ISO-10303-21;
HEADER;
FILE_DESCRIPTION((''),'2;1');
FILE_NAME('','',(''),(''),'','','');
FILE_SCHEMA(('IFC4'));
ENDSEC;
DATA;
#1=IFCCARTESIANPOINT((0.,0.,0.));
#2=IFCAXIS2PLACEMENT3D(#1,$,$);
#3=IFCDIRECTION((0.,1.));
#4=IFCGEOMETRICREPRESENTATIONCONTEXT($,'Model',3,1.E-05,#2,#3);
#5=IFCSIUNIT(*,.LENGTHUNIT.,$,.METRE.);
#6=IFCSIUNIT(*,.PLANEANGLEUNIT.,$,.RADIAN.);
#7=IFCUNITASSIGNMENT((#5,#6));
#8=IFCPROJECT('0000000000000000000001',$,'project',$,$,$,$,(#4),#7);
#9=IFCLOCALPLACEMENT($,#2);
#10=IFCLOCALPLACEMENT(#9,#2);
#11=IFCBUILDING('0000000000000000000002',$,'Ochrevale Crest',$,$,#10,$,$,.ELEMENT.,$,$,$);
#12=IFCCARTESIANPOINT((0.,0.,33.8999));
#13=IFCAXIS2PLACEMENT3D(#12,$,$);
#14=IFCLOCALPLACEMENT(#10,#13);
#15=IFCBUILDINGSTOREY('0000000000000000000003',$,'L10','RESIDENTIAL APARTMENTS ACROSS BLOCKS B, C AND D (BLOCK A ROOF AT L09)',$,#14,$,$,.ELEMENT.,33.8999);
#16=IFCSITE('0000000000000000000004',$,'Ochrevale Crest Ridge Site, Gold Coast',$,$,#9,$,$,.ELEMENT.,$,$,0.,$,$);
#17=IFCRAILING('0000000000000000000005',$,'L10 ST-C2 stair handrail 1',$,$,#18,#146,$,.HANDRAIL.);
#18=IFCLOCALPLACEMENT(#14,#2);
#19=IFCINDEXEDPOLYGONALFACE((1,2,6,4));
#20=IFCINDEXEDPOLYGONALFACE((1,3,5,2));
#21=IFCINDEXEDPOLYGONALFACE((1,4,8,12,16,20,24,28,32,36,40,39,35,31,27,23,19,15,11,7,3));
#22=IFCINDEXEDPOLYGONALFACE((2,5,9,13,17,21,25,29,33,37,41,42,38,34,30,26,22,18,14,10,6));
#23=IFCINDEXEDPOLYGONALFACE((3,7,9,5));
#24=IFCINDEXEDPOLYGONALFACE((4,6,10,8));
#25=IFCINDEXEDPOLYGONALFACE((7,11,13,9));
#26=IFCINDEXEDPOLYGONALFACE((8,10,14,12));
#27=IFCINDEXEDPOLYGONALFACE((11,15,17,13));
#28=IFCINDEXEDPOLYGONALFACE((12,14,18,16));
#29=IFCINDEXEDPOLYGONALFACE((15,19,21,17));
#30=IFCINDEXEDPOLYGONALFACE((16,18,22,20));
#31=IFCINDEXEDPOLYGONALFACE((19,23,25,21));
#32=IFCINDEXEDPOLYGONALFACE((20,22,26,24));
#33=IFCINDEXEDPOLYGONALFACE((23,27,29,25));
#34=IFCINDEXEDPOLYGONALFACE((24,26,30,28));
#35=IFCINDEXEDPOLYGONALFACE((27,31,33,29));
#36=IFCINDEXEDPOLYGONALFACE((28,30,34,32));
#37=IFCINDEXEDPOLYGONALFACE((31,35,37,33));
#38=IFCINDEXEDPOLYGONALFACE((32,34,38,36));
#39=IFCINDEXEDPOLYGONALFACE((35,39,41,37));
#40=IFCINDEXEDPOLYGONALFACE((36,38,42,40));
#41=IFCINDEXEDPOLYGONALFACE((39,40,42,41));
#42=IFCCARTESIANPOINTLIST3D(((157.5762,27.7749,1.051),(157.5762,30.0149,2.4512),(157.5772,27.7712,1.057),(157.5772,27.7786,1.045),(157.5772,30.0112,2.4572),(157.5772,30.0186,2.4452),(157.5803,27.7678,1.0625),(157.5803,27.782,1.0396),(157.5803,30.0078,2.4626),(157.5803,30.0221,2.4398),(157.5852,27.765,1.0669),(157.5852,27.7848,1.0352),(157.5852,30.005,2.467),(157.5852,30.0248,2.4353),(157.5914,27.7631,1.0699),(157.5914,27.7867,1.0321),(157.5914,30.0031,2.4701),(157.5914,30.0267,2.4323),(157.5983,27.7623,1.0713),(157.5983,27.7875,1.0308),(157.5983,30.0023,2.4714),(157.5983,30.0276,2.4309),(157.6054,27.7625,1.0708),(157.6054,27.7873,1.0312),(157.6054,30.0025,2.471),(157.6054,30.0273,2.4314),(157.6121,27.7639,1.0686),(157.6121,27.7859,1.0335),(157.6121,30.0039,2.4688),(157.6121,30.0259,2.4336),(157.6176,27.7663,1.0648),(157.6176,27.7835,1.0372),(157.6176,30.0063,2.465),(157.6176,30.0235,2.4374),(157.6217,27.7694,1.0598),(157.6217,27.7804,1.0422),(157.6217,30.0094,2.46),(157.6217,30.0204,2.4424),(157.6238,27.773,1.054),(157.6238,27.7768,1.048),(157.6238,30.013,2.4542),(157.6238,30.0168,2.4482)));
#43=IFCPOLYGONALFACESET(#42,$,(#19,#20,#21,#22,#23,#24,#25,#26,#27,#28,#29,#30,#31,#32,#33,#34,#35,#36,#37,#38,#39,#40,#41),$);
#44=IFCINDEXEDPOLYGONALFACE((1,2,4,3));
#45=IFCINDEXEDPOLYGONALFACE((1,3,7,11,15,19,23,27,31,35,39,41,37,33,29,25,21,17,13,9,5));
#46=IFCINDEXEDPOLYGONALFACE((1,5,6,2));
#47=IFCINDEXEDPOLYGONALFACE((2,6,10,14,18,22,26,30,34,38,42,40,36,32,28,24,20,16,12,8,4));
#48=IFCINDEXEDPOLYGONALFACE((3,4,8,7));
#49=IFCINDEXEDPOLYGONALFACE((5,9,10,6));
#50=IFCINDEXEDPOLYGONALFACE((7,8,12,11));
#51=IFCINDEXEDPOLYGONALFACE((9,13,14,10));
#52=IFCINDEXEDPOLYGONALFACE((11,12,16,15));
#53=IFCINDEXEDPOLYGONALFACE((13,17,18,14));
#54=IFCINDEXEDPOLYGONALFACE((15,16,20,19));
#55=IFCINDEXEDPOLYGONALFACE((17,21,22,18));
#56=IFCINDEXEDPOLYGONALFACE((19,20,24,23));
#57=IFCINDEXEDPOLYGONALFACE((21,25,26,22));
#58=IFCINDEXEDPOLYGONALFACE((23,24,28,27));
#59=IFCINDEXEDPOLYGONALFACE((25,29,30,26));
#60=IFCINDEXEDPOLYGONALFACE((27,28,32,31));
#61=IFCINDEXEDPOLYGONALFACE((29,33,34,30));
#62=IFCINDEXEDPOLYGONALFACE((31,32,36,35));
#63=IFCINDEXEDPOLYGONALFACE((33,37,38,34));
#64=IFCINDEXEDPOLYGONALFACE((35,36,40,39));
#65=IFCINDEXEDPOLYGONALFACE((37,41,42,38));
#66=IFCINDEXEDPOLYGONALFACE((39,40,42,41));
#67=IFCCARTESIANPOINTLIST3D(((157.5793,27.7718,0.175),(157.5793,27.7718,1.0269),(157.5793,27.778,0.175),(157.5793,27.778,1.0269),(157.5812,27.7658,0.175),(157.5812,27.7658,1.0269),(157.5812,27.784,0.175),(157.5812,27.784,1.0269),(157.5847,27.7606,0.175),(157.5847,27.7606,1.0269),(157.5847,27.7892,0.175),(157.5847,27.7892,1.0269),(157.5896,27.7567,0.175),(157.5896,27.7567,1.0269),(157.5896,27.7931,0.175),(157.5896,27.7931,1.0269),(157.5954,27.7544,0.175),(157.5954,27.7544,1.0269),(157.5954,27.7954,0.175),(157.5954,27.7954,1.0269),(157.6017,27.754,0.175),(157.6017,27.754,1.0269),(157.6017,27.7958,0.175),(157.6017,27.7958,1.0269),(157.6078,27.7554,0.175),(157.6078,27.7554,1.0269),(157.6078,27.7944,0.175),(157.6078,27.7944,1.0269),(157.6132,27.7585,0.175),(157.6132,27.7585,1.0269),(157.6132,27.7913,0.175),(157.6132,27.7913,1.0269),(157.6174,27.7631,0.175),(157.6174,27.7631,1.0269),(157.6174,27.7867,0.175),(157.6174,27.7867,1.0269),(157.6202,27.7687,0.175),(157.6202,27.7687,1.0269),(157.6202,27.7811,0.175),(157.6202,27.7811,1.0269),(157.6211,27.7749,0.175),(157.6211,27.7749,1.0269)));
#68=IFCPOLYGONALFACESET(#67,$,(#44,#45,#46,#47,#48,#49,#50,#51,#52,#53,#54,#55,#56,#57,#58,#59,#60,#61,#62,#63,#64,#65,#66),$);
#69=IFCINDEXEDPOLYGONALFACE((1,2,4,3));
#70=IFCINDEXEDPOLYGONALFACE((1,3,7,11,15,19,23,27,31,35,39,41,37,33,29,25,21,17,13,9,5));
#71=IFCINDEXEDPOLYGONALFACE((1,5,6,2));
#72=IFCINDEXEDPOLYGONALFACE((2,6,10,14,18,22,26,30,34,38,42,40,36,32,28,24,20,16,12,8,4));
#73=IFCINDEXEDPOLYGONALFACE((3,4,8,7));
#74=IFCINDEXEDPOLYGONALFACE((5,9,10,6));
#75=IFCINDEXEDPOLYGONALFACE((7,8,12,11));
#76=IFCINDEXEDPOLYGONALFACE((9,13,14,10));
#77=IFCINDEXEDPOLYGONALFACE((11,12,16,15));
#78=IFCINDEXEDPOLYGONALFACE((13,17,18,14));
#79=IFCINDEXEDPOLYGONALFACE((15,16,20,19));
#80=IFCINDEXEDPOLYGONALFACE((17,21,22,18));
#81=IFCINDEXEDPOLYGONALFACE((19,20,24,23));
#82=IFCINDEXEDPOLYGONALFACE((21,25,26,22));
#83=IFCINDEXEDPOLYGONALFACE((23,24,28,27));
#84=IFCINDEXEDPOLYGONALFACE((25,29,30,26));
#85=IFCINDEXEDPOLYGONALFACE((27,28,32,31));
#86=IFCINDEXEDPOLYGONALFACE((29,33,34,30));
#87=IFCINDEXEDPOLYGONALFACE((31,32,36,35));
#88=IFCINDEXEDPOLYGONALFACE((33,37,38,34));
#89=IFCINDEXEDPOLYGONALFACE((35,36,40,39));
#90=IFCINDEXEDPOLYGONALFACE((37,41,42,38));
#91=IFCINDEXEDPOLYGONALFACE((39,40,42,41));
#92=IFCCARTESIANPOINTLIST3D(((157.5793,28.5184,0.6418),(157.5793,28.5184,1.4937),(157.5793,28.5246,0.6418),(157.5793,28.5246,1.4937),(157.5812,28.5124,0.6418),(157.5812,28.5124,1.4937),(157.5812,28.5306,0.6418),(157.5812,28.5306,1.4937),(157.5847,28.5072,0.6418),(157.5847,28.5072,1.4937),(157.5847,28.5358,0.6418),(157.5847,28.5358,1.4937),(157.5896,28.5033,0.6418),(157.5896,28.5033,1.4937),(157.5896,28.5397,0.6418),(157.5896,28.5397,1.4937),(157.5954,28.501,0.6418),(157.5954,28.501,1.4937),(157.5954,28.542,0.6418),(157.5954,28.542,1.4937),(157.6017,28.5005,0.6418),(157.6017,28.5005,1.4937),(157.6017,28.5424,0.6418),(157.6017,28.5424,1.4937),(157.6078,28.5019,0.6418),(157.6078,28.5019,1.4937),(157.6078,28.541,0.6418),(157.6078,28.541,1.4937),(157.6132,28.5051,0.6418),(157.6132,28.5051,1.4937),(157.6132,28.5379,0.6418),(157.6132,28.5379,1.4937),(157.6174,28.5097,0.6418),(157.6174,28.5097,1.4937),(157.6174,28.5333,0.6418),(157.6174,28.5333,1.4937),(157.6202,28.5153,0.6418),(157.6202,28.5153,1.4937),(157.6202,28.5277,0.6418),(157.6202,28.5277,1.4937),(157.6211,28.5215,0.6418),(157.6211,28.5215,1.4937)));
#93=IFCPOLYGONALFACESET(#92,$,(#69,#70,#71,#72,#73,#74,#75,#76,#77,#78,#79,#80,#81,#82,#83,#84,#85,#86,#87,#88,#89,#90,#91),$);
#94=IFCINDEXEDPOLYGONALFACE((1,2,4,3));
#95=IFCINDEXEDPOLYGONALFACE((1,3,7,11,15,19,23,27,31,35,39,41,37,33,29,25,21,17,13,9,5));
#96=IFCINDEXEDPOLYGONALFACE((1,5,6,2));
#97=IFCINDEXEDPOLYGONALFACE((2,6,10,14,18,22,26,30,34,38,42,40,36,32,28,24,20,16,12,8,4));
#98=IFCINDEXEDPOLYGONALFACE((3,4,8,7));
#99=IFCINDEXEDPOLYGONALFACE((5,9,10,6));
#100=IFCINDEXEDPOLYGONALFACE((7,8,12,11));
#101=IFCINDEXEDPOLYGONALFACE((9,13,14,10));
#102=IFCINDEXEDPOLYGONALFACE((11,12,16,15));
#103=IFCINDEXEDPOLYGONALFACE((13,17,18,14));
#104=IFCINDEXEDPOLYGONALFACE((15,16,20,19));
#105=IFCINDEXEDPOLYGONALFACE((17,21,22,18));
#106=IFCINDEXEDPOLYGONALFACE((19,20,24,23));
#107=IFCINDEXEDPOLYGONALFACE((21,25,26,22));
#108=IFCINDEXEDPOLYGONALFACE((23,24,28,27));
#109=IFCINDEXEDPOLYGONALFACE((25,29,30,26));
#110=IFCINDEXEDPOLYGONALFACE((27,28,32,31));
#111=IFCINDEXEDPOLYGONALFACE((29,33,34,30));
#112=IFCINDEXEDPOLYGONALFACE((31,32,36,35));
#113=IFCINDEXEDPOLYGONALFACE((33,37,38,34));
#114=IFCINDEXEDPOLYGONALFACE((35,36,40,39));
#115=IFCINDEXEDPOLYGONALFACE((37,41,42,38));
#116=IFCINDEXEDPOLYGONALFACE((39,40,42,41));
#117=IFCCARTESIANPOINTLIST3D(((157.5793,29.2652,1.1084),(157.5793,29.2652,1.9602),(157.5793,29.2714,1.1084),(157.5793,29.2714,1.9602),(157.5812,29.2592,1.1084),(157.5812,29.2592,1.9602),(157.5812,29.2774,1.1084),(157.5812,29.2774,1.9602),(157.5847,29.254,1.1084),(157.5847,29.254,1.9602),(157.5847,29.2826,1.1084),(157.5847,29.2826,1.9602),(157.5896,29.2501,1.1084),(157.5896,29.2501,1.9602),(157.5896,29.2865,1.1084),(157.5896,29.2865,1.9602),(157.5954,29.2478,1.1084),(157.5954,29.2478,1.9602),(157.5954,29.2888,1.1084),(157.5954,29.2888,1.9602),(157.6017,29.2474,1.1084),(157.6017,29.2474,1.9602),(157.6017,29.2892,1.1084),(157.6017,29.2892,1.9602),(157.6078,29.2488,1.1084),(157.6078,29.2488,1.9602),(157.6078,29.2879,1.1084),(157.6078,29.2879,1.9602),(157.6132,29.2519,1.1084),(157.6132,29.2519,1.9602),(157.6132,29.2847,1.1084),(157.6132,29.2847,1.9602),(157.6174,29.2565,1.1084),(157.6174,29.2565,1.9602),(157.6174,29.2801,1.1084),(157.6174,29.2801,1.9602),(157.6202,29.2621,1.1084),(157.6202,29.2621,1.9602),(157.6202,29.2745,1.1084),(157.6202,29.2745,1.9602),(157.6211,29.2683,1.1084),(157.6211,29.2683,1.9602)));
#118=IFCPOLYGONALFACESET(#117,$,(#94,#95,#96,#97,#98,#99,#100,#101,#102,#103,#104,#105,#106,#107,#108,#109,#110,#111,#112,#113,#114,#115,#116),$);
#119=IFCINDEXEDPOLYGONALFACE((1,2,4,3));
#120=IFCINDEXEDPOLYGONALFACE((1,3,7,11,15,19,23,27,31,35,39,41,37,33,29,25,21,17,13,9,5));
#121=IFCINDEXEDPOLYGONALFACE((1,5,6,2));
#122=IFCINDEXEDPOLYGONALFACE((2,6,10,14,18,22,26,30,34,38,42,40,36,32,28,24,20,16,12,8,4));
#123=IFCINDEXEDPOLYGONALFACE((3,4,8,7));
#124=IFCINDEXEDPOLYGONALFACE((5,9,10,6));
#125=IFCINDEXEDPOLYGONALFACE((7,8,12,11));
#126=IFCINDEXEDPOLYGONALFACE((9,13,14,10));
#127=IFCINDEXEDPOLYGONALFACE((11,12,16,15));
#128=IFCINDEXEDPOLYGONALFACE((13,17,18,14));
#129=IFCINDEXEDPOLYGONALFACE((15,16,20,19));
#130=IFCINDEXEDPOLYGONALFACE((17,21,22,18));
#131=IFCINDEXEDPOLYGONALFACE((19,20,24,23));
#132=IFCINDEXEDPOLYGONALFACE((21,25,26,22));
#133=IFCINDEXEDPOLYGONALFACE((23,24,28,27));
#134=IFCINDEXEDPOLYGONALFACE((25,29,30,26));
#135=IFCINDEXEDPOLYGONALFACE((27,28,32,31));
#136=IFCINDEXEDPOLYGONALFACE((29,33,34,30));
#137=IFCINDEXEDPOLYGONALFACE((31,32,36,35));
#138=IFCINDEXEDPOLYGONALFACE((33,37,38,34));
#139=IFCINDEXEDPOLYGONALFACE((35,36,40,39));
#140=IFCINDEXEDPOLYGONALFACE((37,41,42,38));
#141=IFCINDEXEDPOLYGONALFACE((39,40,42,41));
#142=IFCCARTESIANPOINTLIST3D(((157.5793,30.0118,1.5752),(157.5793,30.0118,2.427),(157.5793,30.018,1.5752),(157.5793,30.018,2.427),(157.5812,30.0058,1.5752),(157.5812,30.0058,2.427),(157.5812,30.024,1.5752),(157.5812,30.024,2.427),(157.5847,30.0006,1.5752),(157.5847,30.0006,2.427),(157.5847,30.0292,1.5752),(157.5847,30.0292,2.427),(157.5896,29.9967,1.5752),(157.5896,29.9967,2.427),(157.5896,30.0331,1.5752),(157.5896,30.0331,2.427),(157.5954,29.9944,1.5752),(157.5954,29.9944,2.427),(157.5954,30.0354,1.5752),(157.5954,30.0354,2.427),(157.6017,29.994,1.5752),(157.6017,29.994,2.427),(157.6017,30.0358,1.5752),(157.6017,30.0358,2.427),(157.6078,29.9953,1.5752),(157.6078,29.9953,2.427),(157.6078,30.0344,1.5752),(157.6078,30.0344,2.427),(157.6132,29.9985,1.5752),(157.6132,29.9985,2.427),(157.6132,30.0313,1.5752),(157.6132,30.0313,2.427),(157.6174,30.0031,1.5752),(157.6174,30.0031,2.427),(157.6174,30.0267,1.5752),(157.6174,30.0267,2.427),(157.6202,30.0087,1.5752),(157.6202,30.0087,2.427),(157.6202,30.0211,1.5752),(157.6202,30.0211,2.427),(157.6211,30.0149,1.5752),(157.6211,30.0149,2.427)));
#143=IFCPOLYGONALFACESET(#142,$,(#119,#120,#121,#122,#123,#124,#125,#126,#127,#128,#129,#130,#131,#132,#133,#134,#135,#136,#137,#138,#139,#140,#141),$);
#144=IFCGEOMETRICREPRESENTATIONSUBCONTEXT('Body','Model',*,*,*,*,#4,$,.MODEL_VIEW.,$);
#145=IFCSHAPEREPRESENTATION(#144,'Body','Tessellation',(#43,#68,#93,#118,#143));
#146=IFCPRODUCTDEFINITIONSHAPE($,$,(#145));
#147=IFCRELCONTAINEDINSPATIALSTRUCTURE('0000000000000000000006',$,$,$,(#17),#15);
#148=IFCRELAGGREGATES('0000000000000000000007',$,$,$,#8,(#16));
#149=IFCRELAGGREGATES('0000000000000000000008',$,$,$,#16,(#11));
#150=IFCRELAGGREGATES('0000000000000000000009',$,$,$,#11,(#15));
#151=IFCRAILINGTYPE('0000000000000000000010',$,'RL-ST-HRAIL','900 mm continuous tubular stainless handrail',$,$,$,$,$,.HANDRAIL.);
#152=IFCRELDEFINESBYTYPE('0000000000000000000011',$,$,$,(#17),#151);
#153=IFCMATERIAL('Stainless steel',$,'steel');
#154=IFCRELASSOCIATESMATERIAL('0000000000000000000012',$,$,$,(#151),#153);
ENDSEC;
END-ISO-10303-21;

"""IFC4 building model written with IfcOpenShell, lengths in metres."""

from ifc_helpers import new_model, si_unit, direction, frame, origin, origin_2d, place, context, subcontext, project, spatial, circle, extrude, material, type_object, element, save


model = new_model("IFC4")

# Units and contexts
model_context = context("Model", 3, precision=1e-05, world=origin(), true_north=direction((0.0, 1.0)))
body_context = subcontext(model_context, "Body", "Model", "MODEL_VIEW")
ifc_project = project(units=[si_unit("LENGTHUNIT", "METRE"), si_unit("PLANEANGLEUNIT", "RADIAN")], contexts=[model_context])

# Site, building, storey
site_placement = place(None, origin())
site = spatial("IfcSite", under=ifc_project, at=site_placement, Name="Ochrevale Crest Ridge Site, Gold Coast", CompositionType="ELEMENT", RefElevation=0.0)
building_placement = place(site_placement, origin())
building = spatial("IfcBuilding", under=site, at=building_placement, Name="Ochrevale Crest", CompositionType="ELEMENT")
storey_placement = place(building_placement, frame((0.0, 0.0, 33.8999)))
storey = spatial("IfcBuildingStorey", under=building, at=storey_placement, Name="L10", Description="RESIDENTIAL APARTMENTS ACROSS BLOCKS B, C AND D (BLOCK A ROOF AT L09)", CompositionType="ELEMENT", Elevation=33.8999)

# Railing
ifc_material_1 = material(Name="Stainless steel", Category="steel")
railing_type_1 = type_object("IfcRailingType", Name="RL-ST-HRAIL", Description="900 mm continuous tubular stainless handrail", PredefinedType="HANDRAIL", material=ifc_material_1)
railing_1_placement = place(storey_placement, frame((157.6001, 27.7749, 0.175)))
element("IfcRailing", 1, at=railing_1_placement, inside=storey, type_object=railing_type_1, Name="L10 ST-C2 stair handrail 1", PredefinedType="HANDRAIL", context=body_context, shape_type="SweptSolid", body=[
    extrude(circle(Radius=0.0239, at=origin_2d()), frame((0.0, 0.0, 0.876), z_axis=(0.0, 0.847972, 0.53004), x_axis=(-1.0, 0.0, 0.0)), (0.0, 0.0, 1.0), 2.6416),
    extrude(circle(Radius=0.021, at=origin_2d()), origin(), (0.0, 0.0, 1.0), 0.8518),
    extrude(circle(Radius=0.021, at=origin_2d()), frame((0.0, 0.7466, 0.4668)), (0.0, 0.0, 1.0), 0.8518),
    extrude(circle(Radius=0.021, at=origin_2d()), frame((0.0, 1.4934, 0.9333)), (0.0, 0.0, 1.0), 0.8518),
    extrude(circle(Radius=0.021, at=origin_2d()), frame((0.0, 2.24, 1.4001)), (0.0, 0.0, 1.0), 0.8518),
])

save(model, "model.ifc")
